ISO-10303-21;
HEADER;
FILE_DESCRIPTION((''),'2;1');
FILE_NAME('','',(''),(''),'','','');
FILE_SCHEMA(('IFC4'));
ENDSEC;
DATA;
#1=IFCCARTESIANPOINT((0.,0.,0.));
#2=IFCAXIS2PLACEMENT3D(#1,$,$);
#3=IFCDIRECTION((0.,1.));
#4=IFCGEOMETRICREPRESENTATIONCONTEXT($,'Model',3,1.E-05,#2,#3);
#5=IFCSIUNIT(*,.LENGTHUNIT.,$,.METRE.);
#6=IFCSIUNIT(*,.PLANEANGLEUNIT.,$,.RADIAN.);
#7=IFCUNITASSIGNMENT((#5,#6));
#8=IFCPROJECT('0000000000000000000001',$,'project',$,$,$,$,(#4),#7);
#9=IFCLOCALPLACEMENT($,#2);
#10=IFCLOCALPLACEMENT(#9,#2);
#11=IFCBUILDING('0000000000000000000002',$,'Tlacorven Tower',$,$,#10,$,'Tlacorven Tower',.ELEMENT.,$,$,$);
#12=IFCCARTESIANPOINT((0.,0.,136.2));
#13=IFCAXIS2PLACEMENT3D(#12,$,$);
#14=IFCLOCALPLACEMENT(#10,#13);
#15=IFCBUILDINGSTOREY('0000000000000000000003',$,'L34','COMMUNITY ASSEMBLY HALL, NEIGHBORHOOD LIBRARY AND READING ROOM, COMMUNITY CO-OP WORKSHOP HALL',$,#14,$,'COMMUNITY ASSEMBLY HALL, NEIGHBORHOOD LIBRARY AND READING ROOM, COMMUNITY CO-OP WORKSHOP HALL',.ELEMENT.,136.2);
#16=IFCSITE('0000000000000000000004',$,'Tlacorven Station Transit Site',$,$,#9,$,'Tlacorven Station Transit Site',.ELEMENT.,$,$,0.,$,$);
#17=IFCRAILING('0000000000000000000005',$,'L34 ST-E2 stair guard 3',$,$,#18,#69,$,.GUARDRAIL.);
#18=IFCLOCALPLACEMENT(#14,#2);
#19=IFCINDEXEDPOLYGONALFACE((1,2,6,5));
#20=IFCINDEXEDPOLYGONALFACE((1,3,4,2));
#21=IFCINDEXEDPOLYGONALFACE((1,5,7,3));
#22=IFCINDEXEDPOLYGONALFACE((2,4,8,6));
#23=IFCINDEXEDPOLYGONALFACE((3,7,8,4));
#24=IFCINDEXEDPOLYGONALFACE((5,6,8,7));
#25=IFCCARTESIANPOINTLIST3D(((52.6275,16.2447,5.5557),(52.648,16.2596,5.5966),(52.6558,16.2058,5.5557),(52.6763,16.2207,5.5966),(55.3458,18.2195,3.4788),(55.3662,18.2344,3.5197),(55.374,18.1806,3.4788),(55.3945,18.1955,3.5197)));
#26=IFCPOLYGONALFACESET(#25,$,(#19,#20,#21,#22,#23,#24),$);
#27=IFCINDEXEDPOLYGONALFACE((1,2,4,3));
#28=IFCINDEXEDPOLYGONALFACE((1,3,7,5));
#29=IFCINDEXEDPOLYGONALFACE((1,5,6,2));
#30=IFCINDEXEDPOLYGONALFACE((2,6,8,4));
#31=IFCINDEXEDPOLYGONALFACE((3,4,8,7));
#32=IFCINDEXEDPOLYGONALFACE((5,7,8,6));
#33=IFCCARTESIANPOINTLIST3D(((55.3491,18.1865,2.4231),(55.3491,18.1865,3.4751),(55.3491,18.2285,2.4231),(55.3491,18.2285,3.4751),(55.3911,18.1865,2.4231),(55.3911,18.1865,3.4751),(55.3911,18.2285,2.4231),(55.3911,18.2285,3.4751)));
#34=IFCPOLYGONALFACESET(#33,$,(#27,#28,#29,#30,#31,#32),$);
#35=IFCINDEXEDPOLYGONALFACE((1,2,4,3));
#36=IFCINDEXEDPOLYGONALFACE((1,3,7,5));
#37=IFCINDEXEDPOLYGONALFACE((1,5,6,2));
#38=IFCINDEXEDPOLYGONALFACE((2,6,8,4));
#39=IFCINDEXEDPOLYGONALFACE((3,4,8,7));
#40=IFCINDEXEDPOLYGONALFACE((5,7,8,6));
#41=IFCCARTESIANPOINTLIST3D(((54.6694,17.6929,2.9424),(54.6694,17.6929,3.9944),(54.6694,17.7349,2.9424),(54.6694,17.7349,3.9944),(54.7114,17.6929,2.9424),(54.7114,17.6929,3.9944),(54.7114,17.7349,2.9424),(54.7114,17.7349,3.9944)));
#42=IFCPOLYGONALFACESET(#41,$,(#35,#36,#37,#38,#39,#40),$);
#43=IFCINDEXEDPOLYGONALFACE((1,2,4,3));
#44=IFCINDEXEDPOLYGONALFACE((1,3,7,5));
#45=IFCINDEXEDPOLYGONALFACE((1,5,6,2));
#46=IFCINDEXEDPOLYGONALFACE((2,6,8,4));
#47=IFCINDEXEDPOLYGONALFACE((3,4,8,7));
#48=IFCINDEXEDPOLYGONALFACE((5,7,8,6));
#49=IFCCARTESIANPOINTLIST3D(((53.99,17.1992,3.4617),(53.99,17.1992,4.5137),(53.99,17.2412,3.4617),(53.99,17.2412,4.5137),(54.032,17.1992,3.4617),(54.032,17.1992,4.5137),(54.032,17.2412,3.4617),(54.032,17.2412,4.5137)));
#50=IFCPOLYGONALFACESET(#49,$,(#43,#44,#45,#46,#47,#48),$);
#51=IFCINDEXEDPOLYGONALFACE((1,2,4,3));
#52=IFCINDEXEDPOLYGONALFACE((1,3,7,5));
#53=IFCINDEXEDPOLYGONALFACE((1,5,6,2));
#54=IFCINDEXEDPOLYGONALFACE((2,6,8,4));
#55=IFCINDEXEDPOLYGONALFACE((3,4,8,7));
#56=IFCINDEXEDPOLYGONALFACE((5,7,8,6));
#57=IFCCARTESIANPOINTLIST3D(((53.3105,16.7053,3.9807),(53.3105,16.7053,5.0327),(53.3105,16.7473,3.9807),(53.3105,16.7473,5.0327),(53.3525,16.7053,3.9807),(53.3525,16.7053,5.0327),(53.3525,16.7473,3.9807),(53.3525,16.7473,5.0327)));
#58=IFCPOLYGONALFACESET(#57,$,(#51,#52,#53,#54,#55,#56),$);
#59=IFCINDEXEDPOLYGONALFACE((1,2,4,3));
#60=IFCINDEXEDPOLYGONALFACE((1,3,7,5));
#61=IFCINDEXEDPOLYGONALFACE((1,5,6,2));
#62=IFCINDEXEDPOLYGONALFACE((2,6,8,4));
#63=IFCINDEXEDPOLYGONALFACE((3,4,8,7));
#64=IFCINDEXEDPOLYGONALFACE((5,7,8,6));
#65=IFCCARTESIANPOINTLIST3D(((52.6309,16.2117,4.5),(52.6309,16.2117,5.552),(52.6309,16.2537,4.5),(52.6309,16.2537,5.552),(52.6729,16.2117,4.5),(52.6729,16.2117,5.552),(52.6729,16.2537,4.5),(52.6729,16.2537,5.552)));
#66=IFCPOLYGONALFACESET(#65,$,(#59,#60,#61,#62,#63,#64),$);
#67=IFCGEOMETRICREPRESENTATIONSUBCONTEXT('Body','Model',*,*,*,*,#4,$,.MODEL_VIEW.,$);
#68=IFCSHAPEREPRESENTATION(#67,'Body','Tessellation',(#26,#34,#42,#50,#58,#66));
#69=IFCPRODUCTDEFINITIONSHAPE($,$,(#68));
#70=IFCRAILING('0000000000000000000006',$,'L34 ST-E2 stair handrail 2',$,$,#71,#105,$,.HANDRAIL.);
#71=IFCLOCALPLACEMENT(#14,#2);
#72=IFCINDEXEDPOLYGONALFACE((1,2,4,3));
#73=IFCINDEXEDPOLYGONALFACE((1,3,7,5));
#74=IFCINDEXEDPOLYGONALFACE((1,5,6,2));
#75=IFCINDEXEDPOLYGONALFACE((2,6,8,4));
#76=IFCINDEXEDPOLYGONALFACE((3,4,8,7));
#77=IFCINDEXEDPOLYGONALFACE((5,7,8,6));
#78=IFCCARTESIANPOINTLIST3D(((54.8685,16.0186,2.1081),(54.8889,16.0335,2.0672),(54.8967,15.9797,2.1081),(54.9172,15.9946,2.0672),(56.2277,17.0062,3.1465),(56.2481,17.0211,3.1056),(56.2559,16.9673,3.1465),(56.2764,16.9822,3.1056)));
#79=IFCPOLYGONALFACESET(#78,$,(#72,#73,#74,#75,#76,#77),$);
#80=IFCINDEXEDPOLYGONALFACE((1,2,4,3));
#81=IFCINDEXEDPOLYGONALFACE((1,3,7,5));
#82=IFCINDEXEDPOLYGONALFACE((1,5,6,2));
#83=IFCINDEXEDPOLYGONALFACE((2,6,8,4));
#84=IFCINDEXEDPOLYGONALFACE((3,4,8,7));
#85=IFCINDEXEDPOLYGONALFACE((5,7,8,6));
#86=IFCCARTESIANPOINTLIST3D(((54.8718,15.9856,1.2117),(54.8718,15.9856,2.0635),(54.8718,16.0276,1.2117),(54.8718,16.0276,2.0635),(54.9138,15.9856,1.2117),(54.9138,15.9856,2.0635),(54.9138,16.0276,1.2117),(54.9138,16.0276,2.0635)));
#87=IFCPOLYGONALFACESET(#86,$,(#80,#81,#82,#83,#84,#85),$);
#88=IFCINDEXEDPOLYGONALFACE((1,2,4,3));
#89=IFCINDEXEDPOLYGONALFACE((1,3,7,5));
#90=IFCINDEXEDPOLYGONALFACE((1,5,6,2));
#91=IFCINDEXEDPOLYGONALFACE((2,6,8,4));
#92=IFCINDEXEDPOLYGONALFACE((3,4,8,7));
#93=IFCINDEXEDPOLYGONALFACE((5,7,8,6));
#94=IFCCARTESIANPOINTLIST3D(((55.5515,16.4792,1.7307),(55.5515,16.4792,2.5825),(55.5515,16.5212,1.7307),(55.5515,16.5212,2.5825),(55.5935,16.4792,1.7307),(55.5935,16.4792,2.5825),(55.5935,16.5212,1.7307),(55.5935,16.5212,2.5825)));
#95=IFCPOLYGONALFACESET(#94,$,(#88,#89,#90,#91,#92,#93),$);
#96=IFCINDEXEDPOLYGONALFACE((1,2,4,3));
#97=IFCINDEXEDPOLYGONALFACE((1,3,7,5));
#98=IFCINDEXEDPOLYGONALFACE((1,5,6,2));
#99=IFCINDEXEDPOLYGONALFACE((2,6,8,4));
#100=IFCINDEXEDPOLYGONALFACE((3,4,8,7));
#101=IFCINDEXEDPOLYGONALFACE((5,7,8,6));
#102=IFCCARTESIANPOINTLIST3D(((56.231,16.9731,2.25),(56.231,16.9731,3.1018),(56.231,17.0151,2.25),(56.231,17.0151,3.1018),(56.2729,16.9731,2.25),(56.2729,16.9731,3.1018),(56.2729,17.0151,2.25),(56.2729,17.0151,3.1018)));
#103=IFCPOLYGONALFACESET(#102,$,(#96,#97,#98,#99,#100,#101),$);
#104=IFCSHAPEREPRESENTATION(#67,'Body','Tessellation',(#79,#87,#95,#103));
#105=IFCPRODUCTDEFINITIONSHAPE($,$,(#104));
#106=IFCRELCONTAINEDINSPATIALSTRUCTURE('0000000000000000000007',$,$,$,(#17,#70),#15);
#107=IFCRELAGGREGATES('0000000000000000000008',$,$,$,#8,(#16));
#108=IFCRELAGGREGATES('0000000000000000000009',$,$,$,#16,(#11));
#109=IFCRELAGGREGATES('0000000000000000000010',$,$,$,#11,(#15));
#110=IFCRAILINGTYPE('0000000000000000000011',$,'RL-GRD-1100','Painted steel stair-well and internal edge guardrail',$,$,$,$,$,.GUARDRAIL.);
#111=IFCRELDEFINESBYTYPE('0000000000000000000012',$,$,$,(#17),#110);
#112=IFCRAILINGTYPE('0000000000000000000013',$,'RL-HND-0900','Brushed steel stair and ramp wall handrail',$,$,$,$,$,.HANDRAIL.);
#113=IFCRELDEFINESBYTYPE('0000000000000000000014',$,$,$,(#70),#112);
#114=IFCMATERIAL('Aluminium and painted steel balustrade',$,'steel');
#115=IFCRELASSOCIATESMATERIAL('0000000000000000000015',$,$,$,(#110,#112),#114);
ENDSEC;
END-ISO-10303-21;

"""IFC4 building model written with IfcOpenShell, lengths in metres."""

from ifc_helpers import new_model, si_unit, direction, frame, origin, origin_2d, place, context, subcontext, project, spatial, rectangle, extrude, source, transform, mapped, material, type_object, element, save


model = new_model("IFC4")

# Units and contexts
model_context = context("Model", 3, precision=1e-05, world=origin(), true_north=direction((0.0, 1.0)))
body_context = subcontext(model_context, "Body", "Model", "MODEL_VIEW")
ifc_project = project(units=[si_unit("LENGTHUNIT", "METRE"), si_unit("PLANEANGLEUNIT", "RADIAN")], contexts=[model_context])

# Site, building, storey
site_placement = place(None, origin())
site = spatial("IfcSite", under=ifc_project, at=site_placement, Name="Tlacorven Station Transit Site", LongName="Tlacorven Station Transit Site", CompositionType="ELEMENT", RefElevation=0.0)
building_placement = place(site_placement, origin())
building = spatial("IfcBuilding", under=site, at=building_placement, Name="Tlacorven Tower", LongName="Tlacorven Tower", CompositionType="ELEMENT")
storey_placement = place(building_placement, frame((0.0, 0.0, 136.2)))
storey = spatial("IfcBuildingStorey", under=building, at=storey_placement, Name="L34", Description="COMMUNITY ASSEMBLY HALL, NEIGHBORHOOD LIBRARY AND READING ROOM, COMMUNITY CO-OP WORKSHOP HALL", LongName="COMMUNITY ASSEMBLY HALL, NEIGHBORHOOD LIBRARY AND READING ROOM, COMMUNITY CO-OP WORKSHOP HALL", CompositionType="ELEMENT", Elevation=136.2)

# Railings
ifc_material_1 = material(Name="Aluminium and painted steel balustrade", Category="steel")
railing_type_1 = type_object("IfcRailingType", Name="RL-GRD-1100", Description="Painted steel stair-well and internal edge guardrail", PredefinedType="GUARDRAIL", material=ifc_material_1)
shared_shape_1 = source(origin(), body_context, "Body", "SweptSolid", [
    extrude(rectangle(XDim=0.0481, YDim=0.0481, at=origin_2d()), frame((0.0, 0.0, 1.0762), z_axis=(-0.688167, -0.499963, 0.525798), x_axis=(0.58777, -0.809028, 0.0)), (0.0, 0.0, 1.0), 3.95),
    extrude(rectangle(XDim=0.042, YDim=0.042, at=origin_2d()), origin(), (0.0, 0.0, 1.0), 1.052),
    extrude(rectangle(XDim=0.042, YDim=0.042, at=origin_2d()), frame((-0.6797, -0.4937, 0.5193)), (0.0, 0.0, 1.0), 1.052),
    extrude(rectangle(XDim=0.042, YDim=0.042, at=origin_2d()), frame((-1.3591, -0.9873, 1.0386)), (0.0, 0.0, 1.0), 1.052),
    extrude(rectangle(XDim=0.042, YDim=0.042, at=origin_2d()), frame((-2.0386, -1.4812, 1.5576)), (0.0, 0.0, 1.0), 1.052),
    extrude(rectangle(XDim=0.042, YDim=0.042, at=origin_2d()), frame((-2.7183, -1.9749, 2.0769)), (0.0, 0.0, 1.0), 1.052),
])
railing_1_placement = place(storey_placement, frame((55.3701, 18.2075, 2.4231)))
element("IfcRailing", 1, at=railing_1_placement, inside=storey, type_object=railing_type_1, Name="L34 ST-E2 stair guard 3", PredefinedType="GUARDRAIL", context=body_context, shape_type="MappedRepresentation", body=[
    mapped(shared_shape_1, transform((0.0, 0.0, 0.0), scale=1.0)),
])
railing_type_2 = type_object("IfcRailingType", Name="RL-HND-0900", Description="Brushed steel stair and ramp wall handrail", PredefinedType="HANDRAIL", material=ifc_material_1)
shared_shape_2 = source(origin(), body_context, "Body", "SweptSolid", [
    extrude(rectangle(XDim=0.0481, YDim=0.0481, at=origin_2d()), frame((0.0, 0.0, 0.876), z_axis=(0.688168, 0.500025, 0.525737), x_axis=(-0.587817, 0.808994, 0.0)), (0.0, 0.0, 1.0), 1.9751),
    extrude(rectangle(XDim=0.042, YDim=0.042, at=origin_2d()), origin(), (0.0, 0.0, 1.0), 0.8518),
    extrude(rectangle(XDim=0.042, YDim=0.042, at=origin_2d()), frame((0.6797, 0.4937, 0.519)), (0.0, 0.0, 1.0), 0.8518),
    extrude(rectangle(XDim=0.042, YDim=0.042, at=origin_2d()), frame((1.3591, 0.9875, 1.0383)), (0.0, 0.0, 1.0), 0.8518),
])
railing_2_placement = place(storey_placement, frame((54.8928, 16.0066, 1.2117)))
element("IfcRailing", 2, at=railing_2_placement, inside=storey, type_object=railing_type_2, Name="L34 ST-E2 stair handrail 2", PredefinedType="HANDRAIL", context=body_context, shape_type="MappedRepresentation", body=[
    mapped(shared_shape_2, transform((0.0, 0.0, 0.0), scale=1.0)),
])

save(model, "model.ifc")
